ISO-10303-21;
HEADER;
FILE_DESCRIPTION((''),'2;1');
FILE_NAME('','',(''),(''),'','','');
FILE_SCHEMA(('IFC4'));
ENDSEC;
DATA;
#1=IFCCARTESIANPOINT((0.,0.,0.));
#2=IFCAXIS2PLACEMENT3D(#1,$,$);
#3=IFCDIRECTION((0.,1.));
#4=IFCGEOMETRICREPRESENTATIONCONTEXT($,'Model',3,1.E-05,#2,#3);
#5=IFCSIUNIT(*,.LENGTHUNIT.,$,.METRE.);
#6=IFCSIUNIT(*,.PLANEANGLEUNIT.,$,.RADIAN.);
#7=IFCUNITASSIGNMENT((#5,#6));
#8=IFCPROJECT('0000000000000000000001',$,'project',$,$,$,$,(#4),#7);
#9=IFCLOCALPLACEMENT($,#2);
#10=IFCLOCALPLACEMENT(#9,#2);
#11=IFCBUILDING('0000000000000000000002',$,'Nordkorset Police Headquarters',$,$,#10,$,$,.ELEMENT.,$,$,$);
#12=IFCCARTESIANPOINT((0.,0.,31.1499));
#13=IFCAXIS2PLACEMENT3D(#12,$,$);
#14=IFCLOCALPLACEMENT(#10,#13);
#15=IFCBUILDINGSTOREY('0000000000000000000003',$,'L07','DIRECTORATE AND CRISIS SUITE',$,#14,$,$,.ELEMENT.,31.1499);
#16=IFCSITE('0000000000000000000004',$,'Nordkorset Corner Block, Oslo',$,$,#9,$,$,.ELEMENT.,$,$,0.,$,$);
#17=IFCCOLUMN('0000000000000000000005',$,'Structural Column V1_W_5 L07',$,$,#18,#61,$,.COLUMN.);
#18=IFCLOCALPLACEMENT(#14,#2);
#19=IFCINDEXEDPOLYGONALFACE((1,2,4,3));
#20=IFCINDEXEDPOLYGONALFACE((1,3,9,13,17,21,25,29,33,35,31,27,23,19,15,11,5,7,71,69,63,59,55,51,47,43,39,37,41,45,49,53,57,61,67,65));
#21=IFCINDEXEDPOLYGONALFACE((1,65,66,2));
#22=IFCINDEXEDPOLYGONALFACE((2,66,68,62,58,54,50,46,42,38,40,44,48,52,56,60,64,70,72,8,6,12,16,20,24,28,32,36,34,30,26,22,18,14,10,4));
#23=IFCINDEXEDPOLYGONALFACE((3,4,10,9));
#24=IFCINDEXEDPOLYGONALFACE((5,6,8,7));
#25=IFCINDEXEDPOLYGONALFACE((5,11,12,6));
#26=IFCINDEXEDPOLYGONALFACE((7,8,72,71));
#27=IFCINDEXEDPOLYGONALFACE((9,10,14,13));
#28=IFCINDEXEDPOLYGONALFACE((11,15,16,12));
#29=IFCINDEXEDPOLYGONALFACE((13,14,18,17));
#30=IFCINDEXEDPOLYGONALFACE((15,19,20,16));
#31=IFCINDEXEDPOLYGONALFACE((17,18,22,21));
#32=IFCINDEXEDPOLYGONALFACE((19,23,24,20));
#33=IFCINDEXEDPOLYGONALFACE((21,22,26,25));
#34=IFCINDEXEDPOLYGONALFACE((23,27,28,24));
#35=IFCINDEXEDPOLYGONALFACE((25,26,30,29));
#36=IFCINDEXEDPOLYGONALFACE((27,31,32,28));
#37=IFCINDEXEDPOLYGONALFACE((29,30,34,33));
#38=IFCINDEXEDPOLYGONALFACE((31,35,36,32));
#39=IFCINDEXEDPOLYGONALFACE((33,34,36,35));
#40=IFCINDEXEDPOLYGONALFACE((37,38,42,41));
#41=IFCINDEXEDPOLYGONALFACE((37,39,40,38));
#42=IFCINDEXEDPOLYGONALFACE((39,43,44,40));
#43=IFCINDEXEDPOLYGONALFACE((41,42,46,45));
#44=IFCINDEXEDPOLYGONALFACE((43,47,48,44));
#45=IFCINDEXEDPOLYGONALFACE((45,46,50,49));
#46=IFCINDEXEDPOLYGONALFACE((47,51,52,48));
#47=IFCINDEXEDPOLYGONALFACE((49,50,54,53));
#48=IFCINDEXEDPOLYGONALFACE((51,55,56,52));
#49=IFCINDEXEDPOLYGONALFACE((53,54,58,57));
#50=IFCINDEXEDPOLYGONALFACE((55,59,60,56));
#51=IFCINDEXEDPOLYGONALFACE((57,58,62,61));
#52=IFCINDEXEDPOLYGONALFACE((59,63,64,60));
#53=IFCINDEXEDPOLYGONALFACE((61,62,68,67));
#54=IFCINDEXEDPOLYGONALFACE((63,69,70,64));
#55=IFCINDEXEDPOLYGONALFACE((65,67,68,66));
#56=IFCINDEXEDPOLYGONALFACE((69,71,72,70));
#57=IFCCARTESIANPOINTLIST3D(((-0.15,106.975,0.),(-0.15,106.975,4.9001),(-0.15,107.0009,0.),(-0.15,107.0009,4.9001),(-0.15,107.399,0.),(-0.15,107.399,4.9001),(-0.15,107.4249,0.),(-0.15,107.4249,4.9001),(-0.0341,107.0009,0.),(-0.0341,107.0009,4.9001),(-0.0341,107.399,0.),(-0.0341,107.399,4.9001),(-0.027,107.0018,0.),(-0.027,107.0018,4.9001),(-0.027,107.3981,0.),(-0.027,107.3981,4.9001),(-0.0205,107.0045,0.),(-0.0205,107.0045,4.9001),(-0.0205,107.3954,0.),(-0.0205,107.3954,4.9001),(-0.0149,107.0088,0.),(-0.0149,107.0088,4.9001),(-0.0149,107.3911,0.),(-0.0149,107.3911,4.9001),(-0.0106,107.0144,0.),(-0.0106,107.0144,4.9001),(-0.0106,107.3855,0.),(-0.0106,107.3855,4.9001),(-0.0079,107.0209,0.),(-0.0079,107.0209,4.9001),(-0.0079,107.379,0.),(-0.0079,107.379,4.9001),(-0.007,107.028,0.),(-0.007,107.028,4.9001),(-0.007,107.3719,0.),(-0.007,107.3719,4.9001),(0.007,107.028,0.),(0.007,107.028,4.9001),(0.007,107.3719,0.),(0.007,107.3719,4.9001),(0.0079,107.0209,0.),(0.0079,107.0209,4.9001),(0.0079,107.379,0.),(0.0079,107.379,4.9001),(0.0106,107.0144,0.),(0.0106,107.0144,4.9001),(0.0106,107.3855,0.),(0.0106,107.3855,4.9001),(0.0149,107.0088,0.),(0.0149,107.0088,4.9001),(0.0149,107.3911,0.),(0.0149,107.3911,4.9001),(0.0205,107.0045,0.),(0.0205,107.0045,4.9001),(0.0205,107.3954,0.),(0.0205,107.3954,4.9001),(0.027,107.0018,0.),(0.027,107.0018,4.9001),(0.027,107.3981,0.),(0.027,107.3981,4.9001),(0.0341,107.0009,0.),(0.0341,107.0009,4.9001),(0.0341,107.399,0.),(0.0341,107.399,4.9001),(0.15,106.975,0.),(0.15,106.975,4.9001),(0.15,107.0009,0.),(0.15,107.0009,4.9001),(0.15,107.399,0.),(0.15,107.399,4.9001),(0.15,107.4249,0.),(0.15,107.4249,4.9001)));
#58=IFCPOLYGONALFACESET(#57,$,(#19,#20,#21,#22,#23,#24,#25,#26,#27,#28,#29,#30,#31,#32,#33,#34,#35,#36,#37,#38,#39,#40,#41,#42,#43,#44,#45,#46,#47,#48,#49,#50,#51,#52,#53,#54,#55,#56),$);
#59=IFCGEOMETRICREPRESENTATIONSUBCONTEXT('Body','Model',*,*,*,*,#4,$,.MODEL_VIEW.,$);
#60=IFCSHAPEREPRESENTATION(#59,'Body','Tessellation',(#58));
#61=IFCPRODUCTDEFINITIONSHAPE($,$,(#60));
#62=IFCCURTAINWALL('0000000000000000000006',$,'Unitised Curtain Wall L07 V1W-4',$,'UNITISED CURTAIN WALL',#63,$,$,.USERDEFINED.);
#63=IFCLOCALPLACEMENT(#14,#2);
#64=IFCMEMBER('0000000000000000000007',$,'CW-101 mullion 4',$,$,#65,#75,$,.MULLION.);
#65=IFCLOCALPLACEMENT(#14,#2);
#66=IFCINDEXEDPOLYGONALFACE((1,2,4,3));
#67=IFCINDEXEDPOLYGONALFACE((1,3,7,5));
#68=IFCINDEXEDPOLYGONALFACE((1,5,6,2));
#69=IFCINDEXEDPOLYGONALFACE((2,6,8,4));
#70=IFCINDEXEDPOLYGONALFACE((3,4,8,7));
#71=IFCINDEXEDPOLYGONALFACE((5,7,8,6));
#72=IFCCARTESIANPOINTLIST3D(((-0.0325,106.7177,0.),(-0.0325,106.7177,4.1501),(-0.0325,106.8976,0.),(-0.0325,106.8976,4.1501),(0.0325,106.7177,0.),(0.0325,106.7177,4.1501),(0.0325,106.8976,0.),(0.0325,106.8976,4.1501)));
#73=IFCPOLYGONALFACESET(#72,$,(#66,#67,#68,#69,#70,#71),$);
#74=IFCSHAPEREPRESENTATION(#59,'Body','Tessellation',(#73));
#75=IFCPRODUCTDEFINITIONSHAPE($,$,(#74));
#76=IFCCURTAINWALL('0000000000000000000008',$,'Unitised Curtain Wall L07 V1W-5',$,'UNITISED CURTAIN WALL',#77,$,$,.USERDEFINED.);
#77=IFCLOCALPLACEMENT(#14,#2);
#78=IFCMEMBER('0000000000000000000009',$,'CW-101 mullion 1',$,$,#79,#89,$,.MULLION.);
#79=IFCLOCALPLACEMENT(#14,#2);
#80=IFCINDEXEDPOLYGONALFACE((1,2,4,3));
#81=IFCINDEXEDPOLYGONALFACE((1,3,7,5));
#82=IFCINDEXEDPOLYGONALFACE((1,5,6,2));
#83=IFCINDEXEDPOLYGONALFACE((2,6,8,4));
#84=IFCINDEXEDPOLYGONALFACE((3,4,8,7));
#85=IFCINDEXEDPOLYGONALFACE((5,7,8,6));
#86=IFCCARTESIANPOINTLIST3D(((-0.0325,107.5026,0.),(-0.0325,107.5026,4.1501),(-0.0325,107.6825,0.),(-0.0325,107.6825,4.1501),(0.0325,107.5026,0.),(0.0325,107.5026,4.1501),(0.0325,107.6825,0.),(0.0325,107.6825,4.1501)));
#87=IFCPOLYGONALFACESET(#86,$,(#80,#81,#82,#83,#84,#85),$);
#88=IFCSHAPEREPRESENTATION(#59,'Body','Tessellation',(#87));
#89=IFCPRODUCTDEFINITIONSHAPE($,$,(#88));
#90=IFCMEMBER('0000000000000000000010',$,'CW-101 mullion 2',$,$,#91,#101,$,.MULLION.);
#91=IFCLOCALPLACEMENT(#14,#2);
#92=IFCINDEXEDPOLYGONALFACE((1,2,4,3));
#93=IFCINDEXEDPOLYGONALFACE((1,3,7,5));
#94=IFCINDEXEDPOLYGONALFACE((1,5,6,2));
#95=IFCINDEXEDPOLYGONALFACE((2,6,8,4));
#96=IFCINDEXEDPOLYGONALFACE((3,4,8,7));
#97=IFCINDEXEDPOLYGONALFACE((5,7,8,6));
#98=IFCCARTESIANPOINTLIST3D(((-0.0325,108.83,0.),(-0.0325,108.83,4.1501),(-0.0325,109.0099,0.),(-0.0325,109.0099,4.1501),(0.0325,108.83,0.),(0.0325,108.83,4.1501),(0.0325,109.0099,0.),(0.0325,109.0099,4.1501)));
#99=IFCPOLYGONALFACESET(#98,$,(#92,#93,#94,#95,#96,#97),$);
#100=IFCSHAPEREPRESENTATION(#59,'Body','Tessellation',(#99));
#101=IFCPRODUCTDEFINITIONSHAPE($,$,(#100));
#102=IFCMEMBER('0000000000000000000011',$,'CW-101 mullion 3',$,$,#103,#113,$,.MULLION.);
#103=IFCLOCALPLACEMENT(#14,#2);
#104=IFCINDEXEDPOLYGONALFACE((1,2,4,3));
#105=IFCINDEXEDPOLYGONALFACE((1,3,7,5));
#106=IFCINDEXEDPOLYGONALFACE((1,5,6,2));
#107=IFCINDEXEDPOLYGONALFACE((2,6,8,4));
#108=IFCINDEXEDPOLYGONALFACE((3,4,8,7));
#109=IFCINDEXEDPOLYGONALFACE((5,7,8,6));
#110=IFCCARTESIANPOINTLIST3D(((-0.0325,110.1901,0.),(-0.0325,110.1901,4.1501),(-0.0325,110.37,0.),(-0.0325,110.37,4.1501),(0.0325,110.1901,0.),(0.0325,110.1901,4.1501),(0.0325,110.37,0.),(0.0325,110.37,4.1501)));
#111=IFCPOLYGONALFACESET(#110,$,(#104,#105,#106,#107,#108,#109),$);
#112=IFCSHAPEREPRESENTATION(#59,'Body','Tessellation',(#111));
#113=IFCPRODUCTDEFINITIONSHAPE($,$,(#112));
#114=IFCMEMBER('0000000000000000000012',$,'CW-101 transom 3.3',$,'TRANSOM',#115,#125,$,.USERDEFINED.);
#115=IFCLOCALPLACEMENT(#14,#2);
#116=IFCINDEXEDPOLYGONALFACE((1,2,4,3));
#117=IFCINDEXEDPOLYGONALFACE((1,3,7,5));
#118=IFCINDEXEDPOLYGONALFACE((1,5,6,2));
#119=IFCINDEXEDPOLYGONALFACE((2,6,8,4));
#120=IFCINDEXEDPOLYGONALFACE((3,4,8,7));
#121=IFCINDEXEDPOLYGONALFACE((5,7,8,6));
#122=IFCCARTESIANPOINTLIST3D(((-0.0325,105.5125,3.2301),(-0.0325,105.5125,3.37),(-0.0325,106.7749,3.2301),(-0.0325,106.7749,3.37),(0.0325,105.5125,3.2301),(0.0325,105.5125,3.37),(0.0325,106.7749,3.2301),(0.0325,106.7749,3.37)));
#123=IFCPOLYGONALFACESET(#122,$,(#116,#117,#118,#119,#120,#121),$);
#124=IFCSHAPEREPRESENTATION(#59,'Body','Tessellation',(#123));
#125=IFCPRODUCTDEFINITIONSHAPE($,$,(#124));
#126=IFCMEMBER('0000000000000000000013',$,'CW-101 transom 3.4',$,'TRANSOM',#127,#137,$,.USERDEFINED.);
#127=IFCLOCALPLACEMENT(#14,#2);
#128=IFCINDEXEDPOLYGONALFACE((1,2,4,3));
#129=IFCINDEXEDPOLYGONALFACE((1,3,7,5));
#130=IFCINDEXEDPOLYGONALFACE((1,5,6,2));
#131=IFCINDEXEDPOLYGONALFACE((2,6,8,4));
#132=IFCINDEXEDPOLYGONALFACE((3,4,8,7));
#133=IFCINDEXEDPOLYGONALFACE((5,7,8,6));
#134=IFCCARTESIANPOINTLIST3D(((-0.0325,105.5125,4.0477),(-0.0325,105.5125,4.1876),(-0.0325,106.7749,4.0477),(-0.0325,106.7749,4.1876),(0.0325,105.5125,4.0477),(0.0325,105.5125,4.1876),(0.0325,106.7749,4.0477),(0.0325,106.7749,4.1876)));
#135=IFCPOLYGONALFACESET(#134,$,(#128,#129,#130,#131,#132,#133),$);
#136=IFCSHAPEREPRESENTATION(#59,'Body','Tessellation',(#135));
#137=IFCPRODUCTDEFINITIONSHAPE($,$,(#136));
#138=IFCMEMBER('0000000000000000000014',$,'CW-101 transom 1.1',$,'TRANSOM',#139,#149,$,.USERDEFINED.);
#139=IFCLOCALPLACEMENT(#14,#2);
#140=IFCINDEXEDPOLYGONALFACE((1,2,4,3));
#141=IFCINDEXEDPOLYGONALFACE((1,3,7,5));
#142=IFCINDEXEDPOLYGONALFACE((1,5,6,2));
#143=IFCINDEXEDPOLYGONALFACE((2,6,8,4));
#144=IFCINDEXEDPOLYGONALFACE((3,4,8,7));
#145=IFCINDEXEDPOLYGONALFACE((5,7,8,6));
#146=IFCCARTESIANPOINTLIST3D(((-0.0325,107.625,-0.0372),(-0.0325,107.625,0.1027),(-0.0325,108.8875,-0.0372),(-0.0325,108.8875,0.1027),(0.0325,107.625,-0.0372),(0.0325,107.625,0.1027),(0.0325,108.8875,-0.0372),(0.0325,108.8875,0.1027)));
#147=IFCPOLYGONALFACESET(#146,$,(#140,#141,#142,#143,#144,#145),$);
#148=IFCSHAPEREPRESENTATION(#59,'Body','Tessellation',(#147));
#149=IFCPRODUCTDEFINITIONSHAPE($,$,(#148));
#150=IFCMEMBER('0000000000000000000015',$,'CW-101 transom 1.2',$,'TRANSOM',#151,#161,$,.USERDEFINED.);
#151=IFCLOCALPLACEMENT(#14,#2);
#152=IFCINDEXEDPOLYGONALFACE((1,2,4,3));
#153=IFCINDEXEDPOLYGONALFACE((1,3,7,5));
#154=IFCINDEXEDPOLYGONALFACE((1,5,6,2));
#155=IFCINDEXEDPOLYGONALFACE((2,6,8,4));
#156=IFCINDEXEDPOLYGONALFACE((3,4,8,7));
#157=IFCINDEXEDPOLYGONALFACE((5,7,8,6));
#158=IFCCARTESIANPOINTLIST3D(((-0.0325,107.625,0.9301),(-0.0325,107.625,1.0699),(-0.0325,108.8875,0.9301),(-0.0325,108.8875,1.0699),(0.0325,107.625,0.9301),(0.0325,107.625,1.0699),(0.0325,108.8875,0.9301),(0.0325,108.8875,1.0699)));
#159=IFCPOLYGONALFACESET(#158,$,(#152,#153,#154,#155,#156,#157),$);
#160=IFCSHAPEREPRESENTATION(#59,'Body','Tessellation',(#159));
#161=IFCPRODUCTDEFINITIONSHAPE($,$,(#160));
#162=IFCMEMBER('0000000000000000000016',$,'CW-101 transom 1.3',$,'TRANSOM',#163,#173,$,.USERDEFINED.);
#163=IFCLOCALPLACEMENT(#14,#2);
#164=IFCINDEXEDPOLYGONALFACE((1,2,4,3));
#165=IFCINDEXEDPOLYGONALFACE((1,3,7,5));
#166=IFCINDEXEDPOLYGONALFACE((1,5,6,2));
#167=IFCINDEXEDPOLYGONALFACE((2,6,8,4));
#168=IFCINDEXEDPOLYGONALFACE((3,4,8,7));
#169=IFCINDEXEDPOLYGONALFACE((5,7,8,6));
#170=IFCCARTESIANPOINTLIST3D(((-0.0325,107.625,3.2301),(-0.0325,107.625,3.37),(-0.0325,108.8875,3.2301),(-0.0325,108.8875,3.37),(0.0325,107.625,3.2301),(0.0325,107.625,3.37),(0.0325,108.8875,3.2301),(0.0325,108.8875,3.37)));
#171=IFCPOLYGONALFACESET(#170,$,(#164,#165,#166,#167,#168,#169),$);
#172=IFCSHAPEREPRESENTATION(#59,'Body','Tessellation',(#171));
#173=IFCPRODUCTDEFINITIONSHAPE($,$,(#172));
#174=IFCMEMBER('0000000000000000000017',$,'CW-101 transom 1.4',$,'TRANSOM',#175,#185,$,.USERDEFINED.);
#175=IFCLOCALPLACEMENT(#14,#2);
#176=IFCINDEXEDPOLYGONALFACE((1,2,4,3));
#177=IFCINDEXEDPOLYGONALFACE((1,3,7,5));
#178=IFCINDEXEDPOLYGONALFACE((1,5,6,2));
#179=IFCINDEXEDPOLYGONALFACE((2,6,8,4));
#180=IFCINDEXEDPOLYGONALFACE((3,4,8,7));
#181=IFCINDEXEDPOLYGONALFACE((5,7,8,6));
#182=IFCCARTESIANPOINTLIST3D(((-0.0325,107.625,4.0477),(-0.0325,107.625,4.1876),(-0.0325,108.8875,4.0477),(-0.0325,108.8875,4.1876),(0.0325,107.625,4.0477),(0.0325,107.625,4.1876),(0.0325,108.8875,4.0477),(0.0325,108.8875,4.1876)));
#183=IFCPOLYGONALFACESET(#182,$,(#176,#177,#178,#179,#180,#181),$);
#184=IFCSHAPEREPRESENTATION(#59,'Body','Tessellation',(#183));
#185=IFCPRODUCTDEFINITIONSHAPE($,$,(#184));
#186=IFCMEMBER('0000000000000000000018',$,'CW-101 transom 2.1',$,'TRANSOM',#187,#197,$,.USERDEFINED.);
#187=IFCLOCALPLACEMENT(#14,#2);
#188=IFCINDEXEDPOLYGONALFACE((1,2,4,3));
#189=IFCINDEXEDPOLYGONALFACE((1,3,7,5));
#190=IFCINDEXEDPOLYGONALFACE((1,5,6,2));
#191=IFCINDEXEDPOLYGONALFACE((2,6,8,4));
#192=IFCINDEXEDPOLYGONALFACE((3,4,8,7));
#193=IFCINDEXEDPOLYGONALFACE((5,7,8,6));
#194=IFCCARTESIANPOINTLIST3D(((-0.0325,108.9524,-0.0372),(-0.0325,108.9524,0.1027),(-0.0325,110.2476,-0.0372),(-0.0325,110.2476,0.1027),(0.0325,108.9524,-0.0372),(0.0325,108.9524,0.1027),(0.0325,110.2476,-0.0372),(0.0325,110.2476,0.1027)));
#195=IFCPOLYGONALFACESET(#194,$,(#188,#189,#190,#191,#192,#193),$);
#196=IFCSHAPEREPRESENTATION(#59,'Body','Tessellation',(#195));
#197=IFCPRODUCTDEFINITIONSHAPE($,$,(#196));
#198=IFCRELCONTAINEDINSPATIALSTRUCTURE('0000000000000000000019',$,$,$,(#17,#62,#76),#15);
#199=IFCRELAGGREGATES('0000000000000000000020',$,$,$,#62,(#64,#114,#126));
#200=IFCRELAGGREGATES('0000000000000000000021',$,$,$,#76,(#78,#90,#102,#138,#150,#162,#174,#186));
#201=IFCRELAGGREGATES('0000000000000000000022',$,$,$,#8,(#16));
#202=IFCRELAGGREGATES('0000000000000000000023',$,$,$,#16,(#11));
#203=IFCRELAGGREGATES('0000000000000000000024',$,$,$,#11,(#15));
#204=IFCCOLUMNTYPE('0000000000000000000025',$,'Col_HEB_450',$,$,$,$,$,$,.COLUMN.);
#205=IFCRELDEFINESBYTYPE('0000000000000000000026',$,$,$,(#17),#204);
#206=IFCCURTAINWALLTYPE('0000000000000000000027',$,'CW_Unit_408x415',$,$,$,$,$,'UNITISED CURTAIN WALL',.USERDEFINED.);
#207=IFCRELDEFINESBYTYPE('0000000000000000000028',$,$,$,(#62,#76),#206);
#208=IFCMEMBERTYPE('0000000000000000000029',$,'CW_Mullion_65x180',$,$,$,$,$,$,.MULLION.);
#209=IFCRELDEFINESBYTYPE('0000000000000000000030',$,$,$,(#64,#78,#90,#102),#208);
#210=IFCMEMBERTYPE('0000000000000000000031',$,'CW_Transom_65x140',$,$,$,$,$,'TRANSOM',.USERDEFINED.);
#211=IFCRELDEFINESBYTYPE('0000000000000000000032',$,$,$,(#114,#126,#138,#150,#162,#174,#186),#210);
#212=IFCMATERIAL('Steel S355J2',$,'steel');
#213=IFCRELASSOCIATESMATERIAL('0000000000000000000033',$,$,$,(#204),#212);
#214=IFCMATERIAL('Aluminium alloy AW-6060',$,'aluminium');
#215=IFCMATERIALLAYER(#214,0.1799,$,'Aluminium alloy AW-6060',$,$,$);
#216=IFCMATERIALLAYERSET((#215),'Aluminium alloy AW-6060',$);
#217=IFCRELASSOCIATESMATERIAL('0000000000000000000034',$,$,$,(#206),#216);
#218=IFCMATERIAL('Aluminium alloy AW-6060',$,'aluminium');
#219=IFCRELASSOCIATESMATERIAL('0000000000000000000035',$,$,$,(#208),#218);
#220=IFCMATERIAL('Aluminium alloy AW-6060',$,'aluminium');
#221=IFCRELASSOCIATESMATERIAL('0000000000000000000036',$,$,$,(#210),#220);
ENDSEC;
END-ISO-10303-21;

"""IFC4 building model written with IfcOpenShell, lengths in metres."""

from ifc_helpers import new_model, si_unit, direction, frame, origin, origin_2d, place, context, subcontext, project, spatial, rectangle, i_section, extrude, material, layer, layer_set, material_profile, profile_set, type_object, element, aggregate, save


model = new_model("IFC4")

# Units and contexts
model_context = context("Model", 3, precision=1e-05, world=origin(), true_north=direction((0.0, 1.0)))
body_context = subcontext(model_context, "Body", "Model", "MODEL_VIEW")
ifc_project = project(units=[si_unit("LENGTHUNIT", "METRE"), si_unit("PLANEANGLEUNIT", "RADIAN")], contexts=[model_context])

# Site, building, storey
site_placement = place(None, origin())
site = spatial("IfcSite", under=ifc_project, at=site_placement, Name="Nordkorset Corner Block, Oslo", CompositionType="ELEMENT", RefElevation=0.0)
building_placement = place(site_placement, origin())
building = spatial("IfcBuilding", under=site, at=building_placement, Name="Nordkorset Police Headquarters", CompositionType="ELEMENT")
storey_placement = place(building_placement, frame((0.0, 0.0, 31.1499)))
storey = spatial("IfcBuildingStorey", under=building, at=storey_placement, Name="L07", Description="DIRECTORATE AND CRISIS SUITE", CompositionType="ELEMENT", Elevation=31.1499)

# Column
ifc_material_1 = material(Name="Steel S355J2", Category="steel")
ifc_material_profile_1 = material_profile(ifc_material_1, i_section(OverallWidth=0.3, OverallDepth=0.45, WebThickness=0.0139, FlangeThickness=0.0259, FilletRadius=0.0271, at=origin_2d()), Name="HEB 450")
ifc_profile_set_1 = profile_set([ifc_material_profile_1], Name="Steel S355J2")
column_type = type_object("IfcColumnType", Name="Col_HEB_450", PredefinedType="COLUMN", material=ifc_profile_set_1)
column_placement = place(storey_placement, frame((0.0, 107.2, 0.0), z_axis=(0.0, 0.0, 1.0), x_axis=(1.0, 0.0, 0.0)))
element("IfcColumn", 1, at=column_placement, inside=storey, type_object=column_type, Name="Structural Column V1_W_5 L07", PredefinedType="COLUMN", context=body_context, shape_type="SweptSolid", body=[
    extrude(i_section(OverallWidth=0.3, OverallDepth=0.45, WebThickness=0.0139, FlangeThickness=0.0259, FilletRadius=0.0271, at=origin_2d()), origin(), (0.0, 0.0, 1.0), 4.9001),
])

# Curtain wall, member
ifc_material_2 = material(Name="Aluminium alloy AW-6060", Category="aluminium")
ifc_layer_1 = layer(ifc_material_2, 0.1799, Name="Aluminium alloy AW-6060")
ifc_layer_set_1 = layer_set([ifc_layer_1], Name="Aluminium alloy AW-6060")
curtain_wall_type = type_object("IfcCurtainWallType", Name="CW_Unit_408x415", ElementType="UNITISED CURTAIN WALL", PredefinedType="USERDEFINED", material=ifc_layer_set_1)
curtain_wall_1_placement = place(storey_placement, origin())
curtain_wall_1 = element("IfcCurtainWall", 2, at=curtain_wall_1_placement, inside=storey, type_object=curtain_wall_type, Name="Unitised Curtain Wall L07 V1W-4", ObjectType="UNITISED CURTAIN WALL", PredefinedType="USERDEFINED")
ifc_material_3 = material(Name="Aluminium alloy AW-6060", Category="aluminium")
ifc_material_profile_2 = material_profile(ifc_material_3, rectangle(XDim=0.0649, YDim=0.1799, at=origin_2d()), Name="ALU MULL 65x180")
ifc_profile_set_2 = profile_set([ifc_material_profile_2], Name="Aluminium alloy AW-6060")
member_type_1 = type_object("IfcMemberType", Name="CW_Mullion_65x180", PredefinedType="MULLION", material=ifc_profile_set_2)
member_1_placement = place(storey_placement, frame((0.0, 106.8076, 0.0), z_axis=(0.0, 0.0, 1.0), x_axis=(-1.0, 0.0, 0.0)))
member_1 = element("IfcMember", 3, at=member_1_placement, type_object=member_type_1, Name="CW-101 mullion 4", PredefinedType="MULLION", context=body_context, shape_type="SweptSolid", body=[
    extrude(rectangle(XDim=0.0649, YDim=0.1799, at=origin_2d()), origin(), (0.0, 0.0, 1.0), 4.1501),
])

# Curtain wall, members
curtain_wall_2_placement = place(storey_placement, origin())
curtain_wall_2 = element("IfcCurtainWall", 4, at=curtain_wall_2_placement, inside=storey, type_object=curtain_wall_type, Name="Unitised Curtain Wall L07 V1W-5", ObjectType="UNITISED CURTAIN WALL", PredefinedType="USERDEFINED")
member_2_placement = place(storey_placement, frame((0.0, 107.5925, 0.0), z_axis=(0.0, 0.0, 1.0), x_axis=(-1.0, 0.0, 0.0)))
member_2 = element("IfcMember", 5, at=member_2_placement, type_object=member_type_1, Name="CW-101 mullion 1", PredefinedType="MULLION", context=body_context, shape_type="SweptSolid", body=[
    extrude(rectangle(XDim=0.0649, YDim=0.1799, at=origin_2d()), origin(), (0.0, 0.0, 1.0), 4.1501),
])
member_3_placement = place(storey_placement, frame((0.0, 108.9199, 0.0), z_axis=(0.0, 0.0, 1.0), x_axis=(-1.0, 0.0, 0.0)))
member_3 = element("IfcMember", 6, at=member_3_placement, type_object=member_type_1, Name="CW-101 mullion 2", PredefinedType="MULLION", context=body_context, shape_type="SweptSolid", body=[
    extrude(rectangle(XDim=0.0649, YDim=0.1799, at=origin_2d()), origin(), (0.0, 0.0, 1.0), 4.1501),
])
member_4_placement = place(storey_placement, frame((0.0, 110.28, 0.0), z_axis=(0.0, 0.0, 1.0), x_axis=(-1.0, 0.0, 0.0)))
member_4 = element("IfcMember", 7, at=member_4_placement, type_object=member_type_1, Name="CW-101 mullion 3", PredefinedType="MULLION", context=body_context, shape_type="SweptSolid", body=[
    extrude(rectangle(XDim=0.0649, YDim=0.1799, at=origin_2d()), origin(), (0.0, 0.0, 1.0), 4.1501),
])

# Members
ifc_material_4 = material(Name="Aluminium alloy AW-6060", Category="aluminium")
ifc_material_profile_3 = material_profile(ifc_material_4, rectangle(XDim=0.0649, YDim=0.1399, at=origin_2d()), Name="ALU TRAN 65x140")
ifc_profile_set_3 = profile_set([ifc_material_profile_3], Name="Aluminium alloy AW-6060")
member_type_2 = type_object("IfcMemberType", Name="CW_Transom_65x140", ElementType="TRANSOM", PredefinedType="USERDEFINED", material=ifc_profile_set_3)
member_5_placement = place(storey_placement, frame((0.0, 105.5125, 3.3), z_axis=(0.0, 1.0, 0.0), x_axis=(-1.0, 0.0, 0.0)))
member_5 = element("IfcMember", 8, at=member_5_placement, type_object=member_type_2, Name="CW-101 transom 3.3", ObjectType="TRANSOM", PredefinedType="USERDEFINED", context=body_context, shape_type="SweptSolid", body=[
    extrude(rectangle(XDim=0.0649, YDim=0.1399, at=origin_2d()), origin(), (0.0, 0.0, 1.0), 1.2625),
])
member_6_placement = place(storey_placement, frame((0.0, 105.5125, 4.1177), z_axis=(0.0, 1.0, 0.0), x_axis=(-1.0, 0.0, 0.0)))
member_6 = element("IfcMember", 9, at=member_6_placement, type_object=member_type_2, Name="CW-101 transom 3.4", ObjectType="TRANSOM", PredefinedType="USERDEFINED", context=body_context, shape_type="SweptSolid", body=[
    extrude(rectangle(XDim=0.0649, YDim=0.1399, at=origin_2d()), origin(), (0.0, 0.0, 1.0), 1.2625),
])
member_7_placement = place(storey_placement, frame((0.0, 107.625, 0.0327), z_axis=(0.0, 1.0, 0.0), x_axis=(-1.0, 0.0, 0.0)))
member_7 = element("IfcMember", 10, at=member_7_placement, type_object=member_type_2, Name="CW-101 transom 1.1", ObjectType="TRANSOM", PredefinedType="USERDEFINED", context=body_context, shape_type="SweptSolid", body=[
    extrude(rectangle(XDim=0.0649, YDim=0.1399, at=origin_2d()), origin(), (0.0, 0.0, 1.0), 1.2625),
])
member_8_placement = place(storey_placement, frame((0.0, 107.625, 1.0), z_axis=(0.0, 1.0, 0.0), x_axis=(-1.0, 0.0, 0.0)))
member_8 = element("IfcMember", 11, at=member_8_placement, type_object=member_type_2, Name="CW-101 transom 1.2", ObjectType="TRANSOM", PredefinedType="USERDEFINED", context=body_context, shape_type="SweptSolid", body=[
    extrude(rectangle(XDim=0.0649, YDim=0.1399, at=origin_2d()), origin(), (0.0, 0.0, 1.0), 1.2625),
])
member_9_placement = place(storey_placement, frame((0.0, 107.625, 3.3), z_axis=(0.0, 1.0, 0.0), x_axis=(-1.0, 0.0, 0.0)))
member_9 = element("IfcMember", 12, at=member_9_placement, type_object=member_type_2, Name="CW-101 transom 1.3", ObjectType="TRANSOM", PredefinedType="USERDEFINED", context=body_context, shape_type="SweptSolid", body=[
    extrude(rectangle(XDim=0.0649, YDim=0.1399, at=origin_2d()), origin(), (0.0, 0.0, 1.0), 1.2625),
])
member_10_placement = place(storey_placement, frame((0.0, 107.625, 4.1177), z_axis=(0.0, 1.0, 0.0), x_axis=(-1.0, 0.0, 0.0)))
member_10 = element("IfcMember", 13, at=member_10_placement, type_object=member_type_2, Name="CW-101 transom 1.4", ObjectType="TRANSOM", PredefinedType="USERDEFINED", context=body_context, shape_type="SweptSolid", body=[
    extrude(rectangle(XDim=0.0649, YDim=0.1399, at=origin_2d()), origin(), (0.0, 0.0, 1.0), 1.2625),
])
member_11_placement = place(storey_placement, frame((0.0, 108.9524, 0.0327), z_axis=(0.0, 1.0, 0.0), x_axis=(-1.0, 0.0, 0.0)))
member_11 = element("IfcMember", 14, at=member_11_placement, type_object=member_type_2, Name="CW-101 transom 2.1", ObjectType="TRANSOM", PredefinedType="USERDEFINED", context=body_context, shape_type="SweptSolid", body=[
    extrude(rectangle(XDim=0.0649, YDim=0.1399, at=origin_2d()), origin(), (0.0, 0.0, 1.0), 1.2952),
])

aggregate(curtain_wall_1, [member_1, member_5, member_6])
aggregate(curtain_wall_2, [member_2, member_3, member_4, member_7, member_8, member_9, member_10, member_11])

save(model, "model.ifc")
